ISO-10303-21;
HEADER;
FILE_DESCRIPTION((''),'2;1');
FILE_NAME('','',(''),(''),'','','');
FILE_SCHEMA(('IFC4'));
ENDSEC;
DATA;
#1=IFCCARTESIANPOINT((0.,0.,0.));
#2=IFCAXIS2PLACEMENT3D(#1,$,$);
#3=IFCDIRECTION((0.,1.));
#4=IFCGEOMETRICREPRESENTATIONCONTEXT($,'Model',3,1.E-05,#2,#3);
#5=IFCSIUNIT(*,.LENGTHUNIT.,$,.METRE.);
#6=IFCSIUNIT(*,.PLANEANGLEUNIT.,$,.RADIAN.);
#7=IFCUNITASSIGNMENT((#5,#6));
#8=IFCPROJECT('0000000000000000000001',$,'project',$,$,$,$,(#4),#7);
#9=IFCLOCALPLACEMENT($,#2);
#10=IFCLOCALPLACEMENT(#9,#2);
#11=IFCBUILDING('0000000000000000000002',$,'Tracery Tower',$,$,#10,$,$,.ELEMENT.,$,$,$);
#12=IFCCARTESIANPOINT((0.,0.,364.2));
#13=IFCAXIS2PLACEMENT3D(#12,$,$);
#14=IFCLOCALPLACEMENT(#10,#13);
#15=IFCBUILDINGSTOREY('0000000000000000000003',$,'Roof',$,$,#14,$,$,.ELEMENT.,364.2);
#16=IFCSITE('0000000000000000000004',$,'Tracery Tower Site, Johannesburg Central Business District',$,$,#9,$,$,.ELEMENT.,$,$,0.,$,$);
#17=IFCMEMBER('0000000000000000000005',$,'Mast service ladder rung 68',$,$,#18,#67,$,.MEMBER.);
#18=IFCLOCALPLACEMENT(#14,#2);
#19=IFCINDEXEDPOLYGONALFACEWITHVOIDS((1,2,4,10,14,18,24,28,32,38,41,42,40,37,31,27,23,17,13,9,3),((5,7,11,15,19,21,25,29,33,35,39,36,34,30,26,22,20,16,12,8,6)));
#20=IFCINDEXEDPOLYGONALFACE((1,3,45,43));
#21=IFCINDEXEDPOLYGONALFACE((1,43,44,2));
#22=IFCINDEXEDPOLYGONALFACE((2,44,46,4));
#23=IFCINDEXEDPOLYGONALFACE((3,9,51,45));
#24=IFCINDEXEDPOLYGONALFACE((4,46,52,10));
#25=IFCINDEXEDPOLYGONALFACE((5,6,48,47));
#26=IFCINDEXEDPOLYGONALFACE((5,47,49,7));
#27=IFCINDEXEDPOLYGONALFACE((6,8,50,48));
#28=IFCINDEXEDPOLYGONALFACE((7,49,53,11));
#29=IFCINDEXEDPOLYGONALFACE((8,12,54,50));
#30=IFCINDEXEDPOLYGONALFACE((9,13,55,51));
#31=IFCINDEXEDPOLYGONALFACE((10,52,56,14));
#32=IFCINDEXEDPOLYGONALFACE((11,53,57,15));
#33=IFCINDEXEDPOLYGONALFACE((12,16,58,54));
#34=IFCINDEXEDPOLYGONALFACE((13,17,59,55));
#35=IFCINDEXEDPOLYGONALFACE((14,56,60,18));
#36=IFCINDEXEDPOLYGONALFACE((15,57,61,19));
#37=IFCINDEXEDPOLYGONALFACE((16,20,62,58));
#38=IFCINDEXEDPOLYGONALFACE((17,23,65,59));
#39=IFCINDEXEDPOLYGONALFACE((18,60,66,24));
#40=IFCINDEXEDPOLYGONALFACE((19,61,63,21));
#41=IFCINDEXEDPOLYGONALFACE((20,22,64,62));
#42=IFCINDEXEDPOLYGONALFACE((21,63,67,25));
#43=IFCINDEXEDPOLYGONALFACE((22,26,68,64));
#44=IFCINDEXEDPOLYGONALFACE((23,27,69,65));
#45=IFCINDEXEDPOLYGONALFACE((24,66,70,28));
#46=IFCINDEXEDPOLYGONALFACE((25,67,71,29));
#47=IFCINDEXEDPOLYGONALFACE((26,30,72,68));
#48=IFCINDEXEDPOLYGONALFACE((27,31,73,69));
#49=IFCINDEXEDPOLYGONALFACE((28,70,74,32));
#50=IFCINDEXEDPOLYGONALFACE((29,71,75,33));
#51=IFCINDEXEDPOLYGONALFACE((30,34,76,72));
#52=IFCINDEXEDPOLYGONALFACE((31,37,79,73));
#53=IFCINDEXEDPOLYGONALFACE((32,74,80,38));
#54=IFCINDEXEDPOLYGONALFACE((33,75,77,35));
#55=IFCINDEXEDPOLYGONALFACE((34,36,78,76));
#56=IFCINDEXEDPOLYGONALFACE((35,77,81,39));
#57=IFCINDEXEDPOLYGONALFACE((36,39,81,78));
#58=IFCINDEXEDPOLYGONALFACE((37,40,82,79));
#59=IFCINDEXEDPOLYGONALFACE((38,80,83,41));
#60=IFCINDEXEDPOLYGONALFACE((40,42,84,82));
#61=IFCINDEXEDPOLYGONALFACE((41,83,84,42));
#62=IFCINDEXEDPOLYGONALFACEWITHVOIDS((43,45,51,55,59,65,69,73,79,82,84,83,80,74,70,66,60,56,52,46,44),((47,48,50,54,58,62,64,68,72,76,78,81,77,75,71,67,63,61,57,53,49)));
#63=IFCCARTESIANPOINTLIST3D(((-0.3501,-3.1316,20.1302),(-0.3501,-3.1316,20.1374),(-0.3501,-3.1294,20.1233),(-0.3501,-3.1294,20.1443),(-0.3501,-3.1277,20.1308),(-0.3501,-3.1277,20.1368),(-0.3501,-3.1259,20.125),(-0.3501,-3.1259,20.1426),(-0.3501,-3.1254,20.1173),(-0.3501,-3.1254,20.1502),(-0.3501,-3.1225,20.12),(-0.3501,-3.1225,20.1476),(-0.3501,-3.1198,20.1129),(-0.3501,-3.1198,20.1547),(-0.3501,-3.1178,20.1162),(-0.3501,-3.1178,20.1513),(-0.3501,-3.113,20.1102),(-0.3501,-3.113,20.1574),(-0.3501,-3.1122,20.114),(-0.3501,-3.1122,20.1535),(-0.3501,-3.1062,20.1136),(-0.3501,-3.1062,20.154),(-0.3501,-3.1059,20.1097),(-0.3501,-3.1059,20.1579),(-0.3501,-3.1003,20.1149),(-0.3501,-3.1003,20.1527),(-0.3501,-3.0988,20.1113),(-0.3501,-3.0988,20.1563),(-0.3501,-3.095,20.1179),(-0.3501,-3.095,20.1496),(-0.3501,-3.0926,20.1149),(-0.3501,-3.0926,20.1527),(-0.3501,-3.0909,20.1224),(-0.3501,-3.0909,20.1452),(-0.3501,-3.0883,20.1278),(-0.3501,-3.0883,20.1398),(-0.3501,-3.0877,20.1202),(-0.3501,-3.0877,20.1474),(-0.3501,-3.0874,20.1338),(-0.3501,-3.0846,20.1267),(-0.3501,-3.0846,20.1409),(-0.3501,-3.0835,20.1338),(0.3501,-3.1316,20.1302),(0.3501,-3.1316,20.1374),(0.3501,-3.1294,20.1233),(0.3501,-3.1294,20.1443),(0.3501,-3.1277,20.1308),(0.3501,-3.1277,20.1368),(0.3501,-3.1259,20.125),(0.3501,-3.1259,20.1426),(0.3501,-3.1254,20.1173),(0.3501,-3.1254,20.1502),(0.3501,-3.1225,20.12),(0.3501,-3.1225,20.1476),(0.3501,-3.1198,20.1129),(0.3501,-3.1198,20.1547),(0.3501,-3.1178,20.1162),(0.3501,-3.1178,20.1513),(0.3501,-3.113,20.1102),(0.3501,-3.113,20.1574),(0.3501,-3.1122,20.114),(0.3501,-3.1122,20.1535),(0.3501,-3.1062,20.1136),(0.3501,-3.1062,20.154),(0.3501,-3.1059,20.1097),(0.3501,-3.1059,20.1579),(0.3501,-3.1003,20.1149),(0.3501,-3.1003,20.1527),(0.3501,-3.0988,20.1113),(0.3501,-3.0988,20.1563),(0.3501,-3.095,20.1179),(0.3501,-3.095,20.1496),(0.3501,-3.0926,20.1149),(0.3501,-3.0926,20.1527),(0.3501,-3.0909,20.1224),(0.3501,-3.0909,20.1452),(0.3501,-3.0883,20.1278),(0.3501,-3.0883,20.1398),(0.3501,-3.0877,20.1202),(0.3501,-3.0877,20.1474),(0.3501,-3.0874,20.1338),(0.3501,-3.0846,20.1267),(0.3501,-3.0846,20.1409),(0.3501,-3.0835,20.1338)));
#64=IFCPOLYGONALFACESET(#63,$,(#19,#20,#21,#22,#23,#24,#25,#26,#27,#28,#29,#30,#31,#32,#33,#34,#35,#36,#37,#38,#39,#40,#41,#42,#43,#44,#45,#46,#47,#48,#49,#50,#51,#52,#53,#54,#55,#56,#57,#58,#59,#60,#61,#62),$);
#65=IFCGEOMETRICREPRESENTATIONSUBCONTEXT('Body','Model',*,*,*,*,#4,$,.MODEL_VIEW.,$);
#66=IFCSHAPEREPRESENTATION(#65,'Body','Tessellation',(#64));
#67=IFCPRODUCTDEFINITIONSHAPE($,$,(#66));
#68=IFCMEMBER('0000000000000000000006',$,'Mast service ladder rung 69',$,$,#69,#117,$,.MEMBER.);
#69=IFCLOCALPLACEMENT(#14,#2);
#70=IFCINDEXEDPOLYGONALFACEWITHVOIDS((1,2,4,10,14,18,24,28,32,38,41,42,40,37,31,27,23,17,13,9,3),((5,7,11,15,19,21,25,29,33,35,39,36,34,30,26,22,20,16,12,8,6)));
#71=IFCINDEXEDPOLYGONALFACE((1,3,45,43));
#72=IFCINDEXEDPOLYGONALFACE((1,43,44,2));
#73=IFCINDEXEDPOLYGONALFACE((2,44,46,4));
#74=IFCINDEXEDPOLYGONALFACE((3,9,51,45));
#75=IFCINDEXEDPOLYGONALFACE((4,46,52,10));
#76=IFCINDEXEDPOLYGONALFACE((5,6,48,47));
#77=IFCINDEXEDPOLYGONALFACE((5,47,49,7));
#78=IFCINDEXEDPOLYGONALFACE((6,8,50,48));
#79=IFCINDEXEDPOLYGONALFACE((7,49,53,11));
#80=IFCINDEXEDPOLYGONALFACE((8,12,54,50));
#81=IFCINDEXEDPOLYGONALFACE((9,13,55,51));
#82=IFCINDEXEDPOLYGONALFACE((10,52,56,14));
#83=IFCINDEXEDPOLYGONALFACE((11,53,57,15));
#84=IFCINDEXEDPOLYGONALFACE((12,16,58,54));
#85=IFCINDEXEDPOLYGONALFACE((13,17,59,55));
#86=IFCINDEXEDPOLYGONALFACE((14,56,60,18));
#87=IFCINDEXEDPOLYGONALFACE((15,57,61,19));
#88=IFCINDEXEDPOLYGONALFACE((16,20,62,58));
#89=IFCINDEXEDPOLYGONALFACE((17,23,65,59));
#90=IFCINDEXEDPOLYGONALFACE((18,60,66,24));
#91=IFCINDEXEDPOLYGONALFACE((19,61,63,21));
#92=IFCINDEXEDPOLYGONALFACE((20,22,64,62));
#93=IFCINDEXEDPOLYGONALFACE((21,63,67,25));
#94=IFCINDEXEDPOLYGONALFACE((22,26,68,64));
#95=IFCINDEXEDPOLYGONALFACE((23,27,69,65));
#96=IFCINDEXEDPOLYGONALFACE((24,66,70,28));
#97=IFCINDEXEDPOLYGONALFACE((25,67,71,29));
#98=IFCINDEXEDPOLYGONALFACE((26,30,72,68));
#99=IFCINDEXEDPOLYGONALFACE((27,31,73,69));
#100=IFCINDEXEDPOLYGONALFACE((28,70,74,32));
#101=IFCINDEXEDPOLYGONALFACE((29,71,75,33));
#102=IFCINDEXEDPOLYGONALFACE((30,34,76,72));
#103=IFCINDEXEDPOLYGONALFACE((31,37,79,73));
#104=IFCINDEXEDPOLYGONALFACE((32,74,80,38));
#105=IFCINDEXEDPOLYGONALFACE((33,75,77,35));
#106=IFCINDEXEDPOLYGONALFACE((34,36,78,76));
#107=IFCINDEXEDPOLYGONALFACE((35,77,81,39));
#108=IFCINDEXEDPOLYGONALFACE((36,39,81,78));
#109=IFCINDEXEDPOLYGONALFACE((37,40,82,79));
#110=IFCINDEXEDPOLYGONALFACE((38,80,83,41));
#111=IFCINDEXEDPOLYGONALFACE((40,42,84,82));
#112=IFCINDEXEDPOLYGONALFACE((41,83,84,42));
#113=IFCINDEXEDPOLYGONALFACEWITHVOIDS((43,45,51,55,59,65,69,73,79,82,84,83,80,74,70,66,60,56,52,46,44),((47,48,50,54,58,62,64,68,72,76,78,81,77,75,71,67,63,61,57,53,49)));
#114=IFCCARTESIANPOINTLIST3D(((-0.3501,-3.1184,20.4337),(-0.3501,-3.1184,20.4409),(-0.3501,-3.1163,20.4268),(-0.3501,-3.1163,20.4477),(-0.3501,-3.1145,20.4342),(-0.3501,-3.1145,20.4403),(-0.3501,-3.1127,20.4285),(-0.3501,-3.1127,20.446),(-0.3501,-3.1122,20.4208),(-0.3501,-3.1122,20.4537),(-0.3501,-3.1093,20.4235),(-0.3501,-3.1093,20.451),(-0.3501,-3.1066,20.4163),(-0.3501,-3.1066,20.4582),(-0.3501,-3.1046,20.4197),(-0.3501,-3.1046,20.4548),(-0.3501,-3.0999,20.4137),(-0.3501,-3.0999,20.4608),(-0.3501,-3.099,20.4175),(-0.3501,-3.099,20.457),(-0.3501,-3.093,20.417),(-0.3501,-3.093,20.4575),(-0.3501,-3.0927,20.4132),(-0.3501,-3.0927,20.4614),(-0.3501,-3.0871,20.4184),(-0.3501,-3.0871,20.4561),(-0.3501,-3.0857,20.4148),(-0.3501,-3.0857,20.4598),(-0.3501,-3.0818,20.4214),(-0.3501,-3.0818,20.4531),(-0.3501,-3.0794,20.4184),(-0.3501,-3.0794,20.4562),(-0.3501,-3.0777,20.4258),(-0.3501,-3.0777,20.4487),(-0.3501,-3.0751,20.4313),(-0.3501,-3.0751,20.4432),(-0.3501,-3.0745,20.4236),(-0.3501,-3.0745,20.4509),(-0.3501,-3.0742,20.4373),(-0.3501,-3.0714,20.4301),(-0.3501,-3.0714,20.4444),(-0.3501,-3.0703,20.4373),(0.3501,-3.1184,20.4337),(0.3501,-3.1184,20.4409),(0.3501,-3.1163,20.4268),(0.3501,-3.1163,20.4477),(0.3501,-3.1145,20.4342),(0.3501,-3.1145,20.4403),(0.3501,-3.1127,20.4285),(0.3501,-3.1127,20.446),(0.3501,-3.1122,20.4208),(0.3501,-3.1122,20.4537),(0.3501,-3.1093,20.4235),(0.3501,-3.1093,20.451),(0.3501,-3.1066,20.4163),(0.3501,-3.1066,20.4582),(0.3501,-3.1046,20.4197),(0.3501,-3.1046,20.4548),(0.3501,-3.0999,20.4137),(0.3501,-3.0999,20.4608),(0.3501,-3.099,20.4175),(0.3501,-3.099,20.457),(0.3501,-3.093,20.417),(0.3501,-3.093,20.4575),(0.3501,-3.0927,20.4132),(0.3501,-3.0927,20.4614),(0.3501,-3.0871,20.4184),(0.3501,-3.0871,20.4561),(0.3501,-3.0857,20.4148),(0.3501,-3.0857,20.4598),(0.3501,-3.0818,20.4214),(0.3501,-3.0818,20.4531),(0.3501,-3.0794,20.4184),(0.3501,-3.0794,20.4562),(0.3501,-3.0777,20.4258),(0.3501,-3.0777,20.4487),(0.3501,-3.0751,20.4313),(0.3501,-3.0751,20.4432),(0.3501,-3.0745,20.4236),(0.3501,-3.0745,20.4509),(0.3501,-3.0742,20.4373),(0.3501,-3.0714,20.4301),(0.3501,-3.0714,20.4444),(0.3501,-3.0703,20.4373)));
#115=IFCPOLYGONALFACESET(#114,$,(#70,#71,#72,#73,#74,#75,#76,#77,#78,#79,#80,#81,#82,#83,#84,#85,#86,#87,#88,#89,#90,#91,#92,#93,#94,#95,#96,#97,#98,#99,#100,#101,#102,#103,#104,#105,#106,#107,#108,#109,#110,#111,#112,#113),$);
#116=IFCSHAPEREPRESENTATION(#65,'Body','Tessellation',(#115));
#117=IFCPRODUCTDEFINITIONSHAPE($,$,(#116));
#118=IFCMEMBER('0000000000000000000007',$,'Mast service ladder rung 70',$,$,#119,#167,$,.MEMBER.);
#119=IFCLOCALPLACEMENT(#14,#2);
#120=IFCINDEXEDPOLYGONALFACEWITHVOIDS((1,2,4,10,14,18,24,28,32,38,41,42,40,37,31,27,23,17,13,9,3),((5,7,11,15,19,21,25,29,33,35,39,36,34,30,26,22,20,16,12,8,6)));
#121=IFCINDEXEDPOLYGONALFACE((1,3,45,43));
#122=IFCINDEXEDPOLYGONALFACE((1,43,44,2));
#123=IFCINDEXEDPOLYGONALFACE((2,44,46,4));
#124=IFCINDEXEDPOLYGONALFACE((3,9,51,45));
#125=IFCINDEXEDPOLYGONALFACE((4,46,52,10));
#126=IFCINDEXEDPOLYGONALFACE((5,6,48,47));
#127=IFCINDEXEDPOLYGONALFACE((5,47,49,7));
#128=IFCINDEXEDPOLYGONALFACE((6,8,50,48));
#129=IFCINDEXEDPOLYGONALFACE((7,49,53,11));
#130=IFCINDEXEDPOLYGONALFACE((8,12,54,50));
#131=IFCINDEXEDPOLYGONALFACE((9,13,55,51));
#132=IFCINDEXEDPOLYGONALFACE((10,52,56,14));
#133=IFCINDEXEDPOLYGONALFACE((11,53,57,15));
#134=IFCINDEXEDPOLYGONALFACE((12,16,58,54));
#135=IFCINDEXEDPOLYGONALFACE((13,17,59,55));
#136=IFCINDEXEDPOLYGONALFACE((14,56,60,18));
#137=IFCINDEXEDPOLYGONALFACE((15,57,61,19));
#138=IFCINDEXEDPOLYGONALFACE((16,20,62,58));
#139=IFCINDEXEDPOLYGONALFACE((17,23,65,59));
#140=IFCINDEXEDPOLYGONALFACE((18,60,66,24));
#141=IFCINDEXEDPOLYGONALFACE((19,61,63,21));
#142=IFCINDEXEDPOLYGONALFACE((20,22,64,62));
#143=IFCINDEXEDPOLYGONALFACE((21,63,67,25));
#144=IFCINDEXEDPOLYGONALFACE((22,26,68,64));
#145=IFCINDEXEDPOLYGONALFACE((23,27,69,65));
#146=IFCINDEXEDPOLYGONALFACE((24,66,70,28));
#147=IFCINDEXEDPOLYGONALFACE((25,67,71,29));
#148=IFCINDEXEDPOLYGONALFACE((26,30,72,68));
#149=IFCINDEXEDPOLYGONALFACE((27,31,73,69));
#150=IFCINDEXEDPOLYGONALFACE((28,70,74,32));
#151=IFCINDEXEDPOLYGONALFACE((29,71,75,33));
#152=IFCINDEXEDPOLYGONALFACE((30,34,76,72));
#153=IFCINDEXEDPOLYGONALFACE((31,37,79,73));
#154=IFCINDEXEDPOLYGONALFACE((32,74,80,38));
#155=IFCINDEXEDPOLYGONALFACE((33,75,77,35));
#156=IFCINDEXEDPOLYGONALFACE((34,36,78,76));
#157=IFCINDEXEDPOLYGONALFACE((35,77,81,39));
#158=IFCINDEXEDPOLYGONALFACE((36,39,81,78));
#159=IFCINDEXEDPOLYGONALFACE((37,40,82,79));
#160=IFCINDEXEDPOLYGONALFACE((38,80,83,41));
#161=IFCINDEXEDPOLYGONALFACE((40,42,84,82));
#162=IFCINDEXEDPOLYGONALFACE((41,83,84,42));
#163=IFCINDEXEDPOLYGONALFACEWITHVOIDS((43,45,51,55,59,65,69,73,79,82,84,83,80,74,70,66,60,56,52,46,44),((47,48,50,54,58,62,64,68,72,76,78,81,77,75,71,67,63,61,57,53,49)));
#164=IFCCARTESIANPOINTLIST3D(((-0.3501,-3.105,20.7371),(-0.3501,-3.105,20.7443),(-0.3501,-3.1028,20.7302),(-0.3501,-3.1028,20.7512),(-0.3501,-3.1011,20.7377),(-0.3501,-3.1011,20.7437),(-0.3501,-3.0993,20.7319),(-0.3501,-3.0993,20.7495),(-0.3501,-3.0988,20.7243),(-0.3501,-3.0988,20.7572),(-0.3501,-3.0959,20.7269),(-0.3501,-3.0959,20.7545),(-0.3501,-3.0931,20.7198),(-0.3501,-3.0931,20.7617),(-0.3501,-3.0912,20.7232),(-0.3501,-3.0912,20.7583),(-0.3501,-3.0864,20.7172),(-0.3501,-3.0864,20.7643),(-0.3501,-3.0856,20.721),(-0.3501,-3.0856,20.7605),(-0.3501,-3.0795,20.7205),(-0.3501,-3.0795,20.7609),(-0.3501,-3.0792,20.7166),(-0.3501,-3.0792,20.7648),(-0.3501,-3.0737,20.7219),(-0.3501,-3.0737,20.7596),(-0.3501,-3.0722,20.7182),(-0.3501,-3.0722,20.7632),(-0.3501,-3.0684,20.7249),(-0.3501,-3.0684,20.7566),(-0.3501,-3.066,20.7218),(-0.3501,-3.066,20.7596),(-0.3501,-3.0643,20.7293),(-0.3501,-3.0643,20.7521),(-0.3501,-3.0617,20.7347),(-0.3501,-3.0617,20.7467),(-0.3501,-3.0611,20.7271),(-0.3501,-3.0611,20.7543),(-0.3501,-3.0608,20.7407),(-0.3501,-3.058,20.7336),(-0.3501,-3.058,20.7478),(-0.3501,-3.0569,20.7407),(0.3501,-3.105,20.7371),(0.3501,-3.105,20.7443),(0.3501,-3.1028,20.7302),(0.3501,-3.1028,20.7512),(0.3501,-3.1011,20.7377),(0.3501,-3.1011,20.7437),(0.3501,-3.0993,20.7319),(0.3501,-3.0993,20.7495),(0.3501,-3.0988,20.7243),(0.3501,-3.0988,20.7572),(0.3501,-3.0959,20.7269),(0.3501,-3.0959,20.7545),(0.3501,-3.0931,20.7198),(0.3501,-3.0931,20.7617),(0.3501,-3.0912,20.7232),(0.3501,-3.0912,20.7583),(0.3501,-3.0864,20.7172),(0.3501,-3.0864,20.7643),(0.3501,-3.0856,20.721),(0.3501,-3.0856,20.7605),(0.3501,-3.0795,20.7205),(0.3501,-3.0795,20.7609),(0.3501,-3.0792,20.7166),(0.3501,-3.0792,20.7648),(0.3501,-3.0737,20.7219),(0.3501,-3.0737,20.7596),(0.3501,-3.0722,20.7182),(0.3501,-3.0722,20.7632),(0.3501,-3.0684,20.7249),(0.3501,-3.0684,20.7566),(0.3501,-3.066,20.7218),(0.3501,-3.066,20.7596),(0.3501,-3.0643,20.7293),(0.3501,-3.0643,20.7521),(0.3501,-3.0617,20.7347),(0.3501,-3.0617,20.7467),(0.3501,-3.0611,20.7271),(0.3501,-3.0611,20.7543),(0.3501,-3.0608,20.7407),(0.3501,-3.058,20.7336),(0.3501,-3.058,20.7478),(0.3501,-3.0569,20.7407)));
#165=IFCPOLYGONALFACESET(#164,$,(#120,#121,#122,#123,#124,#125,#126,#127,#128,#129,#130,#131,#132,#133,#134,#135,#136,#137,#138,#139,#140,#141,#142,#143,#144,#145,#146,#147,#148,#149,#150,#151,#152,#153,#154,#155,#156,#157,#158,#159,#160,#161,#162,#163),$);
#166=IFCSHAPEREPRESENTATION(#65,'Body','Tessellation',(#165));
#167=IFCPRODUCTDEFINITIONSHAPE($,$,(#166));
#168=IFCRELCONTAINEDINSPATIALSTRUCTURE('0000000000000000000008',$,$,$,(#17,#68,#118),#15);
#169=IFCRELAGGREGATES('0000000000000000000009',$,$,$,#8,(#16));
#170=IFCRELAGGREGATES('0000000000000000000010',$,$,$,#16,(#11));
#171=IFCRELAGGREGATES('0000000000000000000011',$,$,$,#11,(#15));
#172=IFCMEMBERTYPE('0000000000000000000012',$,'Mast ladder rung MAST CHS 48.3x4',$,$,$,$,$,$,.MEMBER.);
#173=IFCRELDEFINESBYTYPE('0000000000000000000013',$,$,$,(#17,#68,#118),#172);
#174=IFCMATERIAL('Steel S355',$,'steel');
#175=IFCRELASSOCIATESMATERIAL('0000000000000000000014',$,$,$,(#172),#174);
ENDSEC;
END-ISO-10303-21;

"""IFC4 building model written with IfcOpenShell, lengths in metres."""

from ifc_helpers import new_model, si_unit, direction, frame, origin, origin_2d, place, context, subcontext, project, spatial, hollow_circle, extrude, material, material_profile, profile_set, type_object, element, save


model = new_model("IFC4")

# Units and contexts
model_context = context("Model", 3, precision=1e-05, world=origin(), true_north=direction((0.0, 1.0)))
body_context = subcontext(model_context, "Body", "Model", "MODEL_VIEW")
ifc_project = project(units=[si_unit("LENGTHUNIT", "METRE"), si_unit("PLANEANGLEUNIT", "RADIAN")], contexts=[model_context])

# Site, building, storey
site_placement = place(None, origin())
site = spatial("IfcSite", under=ifc_project, at=site_placement, Name="Tracery Tower Site, Johannesburg Central Business District", CompositionType="ELEMENT", RefElevation=0.0)
building_placement = place(site_placement, origin())
building = spatial("IfcBuilding", under=site, at=building_placement, Name="Tracery Tower", CompositionType="ELEMENT")
storey_placement = place(building_placement, frame((0.0, 0.0, 364.2)))
storey = spatial("IfcBuildingStorey", under=building, at=storey_placement, Name="Roof", CompositionType="ELEMENT", Elevation=364.2)

# Members
ifc_material_1 = material(Name="Steel S355", Category="steel")
ifc_material_profile_1 = material_profile(ifc_material_1, hollow_circle(Radius=0.0242, WallThickness=0.0039, at=origin_2d()), Name="CHS 48.3x4")
ifc_profile_set_1 = profile_set([ifc_material_profile_1], Name="Steel S355")
member_type_1 = type_object("IfcMemberType", Name="Mast ladder rung MAST CHS 48.3x4", PredefinedType="MEMBER", material=ifc_profile_set_1)
for number, where, z_axis, x_axis, name in (
    (1, (-0.3501, -3.1077, 20.1338), (1.0, 0.0, 0.0), (0.0, 1.0, 0.0), "Mast service ladder rung 68"),
    (2, (-0.3501, -3.0945, 20.4373), (1.0, 0.0, 0.0), (0.0, 1.0, 0.0), "Mast service ladder rung 69"),
    (3, (-0.3501, -3.0811, 20.7407), (1.0, 0.0, 0.0), (0.0, 1.0, 0.0), "Mast service ladder rung 70"),
):
    element("IfcMember", number, at=place(storey_placement, frame(where, z_axis=z_axis, x_axis=x_axis)), inside=storey, type_object=member_type_1, Name=name, PredefinedType="MEMBER", context=body_context, shape_type="SweptSolid", body=[
        extrude(hollow_circle(Radius=0.0242, WallThickness=0.0039, at=origin_2d()), origin(), (0.0, 0.0, 1.0), 0.7002),
    ])

save(model, "model.ifc")
